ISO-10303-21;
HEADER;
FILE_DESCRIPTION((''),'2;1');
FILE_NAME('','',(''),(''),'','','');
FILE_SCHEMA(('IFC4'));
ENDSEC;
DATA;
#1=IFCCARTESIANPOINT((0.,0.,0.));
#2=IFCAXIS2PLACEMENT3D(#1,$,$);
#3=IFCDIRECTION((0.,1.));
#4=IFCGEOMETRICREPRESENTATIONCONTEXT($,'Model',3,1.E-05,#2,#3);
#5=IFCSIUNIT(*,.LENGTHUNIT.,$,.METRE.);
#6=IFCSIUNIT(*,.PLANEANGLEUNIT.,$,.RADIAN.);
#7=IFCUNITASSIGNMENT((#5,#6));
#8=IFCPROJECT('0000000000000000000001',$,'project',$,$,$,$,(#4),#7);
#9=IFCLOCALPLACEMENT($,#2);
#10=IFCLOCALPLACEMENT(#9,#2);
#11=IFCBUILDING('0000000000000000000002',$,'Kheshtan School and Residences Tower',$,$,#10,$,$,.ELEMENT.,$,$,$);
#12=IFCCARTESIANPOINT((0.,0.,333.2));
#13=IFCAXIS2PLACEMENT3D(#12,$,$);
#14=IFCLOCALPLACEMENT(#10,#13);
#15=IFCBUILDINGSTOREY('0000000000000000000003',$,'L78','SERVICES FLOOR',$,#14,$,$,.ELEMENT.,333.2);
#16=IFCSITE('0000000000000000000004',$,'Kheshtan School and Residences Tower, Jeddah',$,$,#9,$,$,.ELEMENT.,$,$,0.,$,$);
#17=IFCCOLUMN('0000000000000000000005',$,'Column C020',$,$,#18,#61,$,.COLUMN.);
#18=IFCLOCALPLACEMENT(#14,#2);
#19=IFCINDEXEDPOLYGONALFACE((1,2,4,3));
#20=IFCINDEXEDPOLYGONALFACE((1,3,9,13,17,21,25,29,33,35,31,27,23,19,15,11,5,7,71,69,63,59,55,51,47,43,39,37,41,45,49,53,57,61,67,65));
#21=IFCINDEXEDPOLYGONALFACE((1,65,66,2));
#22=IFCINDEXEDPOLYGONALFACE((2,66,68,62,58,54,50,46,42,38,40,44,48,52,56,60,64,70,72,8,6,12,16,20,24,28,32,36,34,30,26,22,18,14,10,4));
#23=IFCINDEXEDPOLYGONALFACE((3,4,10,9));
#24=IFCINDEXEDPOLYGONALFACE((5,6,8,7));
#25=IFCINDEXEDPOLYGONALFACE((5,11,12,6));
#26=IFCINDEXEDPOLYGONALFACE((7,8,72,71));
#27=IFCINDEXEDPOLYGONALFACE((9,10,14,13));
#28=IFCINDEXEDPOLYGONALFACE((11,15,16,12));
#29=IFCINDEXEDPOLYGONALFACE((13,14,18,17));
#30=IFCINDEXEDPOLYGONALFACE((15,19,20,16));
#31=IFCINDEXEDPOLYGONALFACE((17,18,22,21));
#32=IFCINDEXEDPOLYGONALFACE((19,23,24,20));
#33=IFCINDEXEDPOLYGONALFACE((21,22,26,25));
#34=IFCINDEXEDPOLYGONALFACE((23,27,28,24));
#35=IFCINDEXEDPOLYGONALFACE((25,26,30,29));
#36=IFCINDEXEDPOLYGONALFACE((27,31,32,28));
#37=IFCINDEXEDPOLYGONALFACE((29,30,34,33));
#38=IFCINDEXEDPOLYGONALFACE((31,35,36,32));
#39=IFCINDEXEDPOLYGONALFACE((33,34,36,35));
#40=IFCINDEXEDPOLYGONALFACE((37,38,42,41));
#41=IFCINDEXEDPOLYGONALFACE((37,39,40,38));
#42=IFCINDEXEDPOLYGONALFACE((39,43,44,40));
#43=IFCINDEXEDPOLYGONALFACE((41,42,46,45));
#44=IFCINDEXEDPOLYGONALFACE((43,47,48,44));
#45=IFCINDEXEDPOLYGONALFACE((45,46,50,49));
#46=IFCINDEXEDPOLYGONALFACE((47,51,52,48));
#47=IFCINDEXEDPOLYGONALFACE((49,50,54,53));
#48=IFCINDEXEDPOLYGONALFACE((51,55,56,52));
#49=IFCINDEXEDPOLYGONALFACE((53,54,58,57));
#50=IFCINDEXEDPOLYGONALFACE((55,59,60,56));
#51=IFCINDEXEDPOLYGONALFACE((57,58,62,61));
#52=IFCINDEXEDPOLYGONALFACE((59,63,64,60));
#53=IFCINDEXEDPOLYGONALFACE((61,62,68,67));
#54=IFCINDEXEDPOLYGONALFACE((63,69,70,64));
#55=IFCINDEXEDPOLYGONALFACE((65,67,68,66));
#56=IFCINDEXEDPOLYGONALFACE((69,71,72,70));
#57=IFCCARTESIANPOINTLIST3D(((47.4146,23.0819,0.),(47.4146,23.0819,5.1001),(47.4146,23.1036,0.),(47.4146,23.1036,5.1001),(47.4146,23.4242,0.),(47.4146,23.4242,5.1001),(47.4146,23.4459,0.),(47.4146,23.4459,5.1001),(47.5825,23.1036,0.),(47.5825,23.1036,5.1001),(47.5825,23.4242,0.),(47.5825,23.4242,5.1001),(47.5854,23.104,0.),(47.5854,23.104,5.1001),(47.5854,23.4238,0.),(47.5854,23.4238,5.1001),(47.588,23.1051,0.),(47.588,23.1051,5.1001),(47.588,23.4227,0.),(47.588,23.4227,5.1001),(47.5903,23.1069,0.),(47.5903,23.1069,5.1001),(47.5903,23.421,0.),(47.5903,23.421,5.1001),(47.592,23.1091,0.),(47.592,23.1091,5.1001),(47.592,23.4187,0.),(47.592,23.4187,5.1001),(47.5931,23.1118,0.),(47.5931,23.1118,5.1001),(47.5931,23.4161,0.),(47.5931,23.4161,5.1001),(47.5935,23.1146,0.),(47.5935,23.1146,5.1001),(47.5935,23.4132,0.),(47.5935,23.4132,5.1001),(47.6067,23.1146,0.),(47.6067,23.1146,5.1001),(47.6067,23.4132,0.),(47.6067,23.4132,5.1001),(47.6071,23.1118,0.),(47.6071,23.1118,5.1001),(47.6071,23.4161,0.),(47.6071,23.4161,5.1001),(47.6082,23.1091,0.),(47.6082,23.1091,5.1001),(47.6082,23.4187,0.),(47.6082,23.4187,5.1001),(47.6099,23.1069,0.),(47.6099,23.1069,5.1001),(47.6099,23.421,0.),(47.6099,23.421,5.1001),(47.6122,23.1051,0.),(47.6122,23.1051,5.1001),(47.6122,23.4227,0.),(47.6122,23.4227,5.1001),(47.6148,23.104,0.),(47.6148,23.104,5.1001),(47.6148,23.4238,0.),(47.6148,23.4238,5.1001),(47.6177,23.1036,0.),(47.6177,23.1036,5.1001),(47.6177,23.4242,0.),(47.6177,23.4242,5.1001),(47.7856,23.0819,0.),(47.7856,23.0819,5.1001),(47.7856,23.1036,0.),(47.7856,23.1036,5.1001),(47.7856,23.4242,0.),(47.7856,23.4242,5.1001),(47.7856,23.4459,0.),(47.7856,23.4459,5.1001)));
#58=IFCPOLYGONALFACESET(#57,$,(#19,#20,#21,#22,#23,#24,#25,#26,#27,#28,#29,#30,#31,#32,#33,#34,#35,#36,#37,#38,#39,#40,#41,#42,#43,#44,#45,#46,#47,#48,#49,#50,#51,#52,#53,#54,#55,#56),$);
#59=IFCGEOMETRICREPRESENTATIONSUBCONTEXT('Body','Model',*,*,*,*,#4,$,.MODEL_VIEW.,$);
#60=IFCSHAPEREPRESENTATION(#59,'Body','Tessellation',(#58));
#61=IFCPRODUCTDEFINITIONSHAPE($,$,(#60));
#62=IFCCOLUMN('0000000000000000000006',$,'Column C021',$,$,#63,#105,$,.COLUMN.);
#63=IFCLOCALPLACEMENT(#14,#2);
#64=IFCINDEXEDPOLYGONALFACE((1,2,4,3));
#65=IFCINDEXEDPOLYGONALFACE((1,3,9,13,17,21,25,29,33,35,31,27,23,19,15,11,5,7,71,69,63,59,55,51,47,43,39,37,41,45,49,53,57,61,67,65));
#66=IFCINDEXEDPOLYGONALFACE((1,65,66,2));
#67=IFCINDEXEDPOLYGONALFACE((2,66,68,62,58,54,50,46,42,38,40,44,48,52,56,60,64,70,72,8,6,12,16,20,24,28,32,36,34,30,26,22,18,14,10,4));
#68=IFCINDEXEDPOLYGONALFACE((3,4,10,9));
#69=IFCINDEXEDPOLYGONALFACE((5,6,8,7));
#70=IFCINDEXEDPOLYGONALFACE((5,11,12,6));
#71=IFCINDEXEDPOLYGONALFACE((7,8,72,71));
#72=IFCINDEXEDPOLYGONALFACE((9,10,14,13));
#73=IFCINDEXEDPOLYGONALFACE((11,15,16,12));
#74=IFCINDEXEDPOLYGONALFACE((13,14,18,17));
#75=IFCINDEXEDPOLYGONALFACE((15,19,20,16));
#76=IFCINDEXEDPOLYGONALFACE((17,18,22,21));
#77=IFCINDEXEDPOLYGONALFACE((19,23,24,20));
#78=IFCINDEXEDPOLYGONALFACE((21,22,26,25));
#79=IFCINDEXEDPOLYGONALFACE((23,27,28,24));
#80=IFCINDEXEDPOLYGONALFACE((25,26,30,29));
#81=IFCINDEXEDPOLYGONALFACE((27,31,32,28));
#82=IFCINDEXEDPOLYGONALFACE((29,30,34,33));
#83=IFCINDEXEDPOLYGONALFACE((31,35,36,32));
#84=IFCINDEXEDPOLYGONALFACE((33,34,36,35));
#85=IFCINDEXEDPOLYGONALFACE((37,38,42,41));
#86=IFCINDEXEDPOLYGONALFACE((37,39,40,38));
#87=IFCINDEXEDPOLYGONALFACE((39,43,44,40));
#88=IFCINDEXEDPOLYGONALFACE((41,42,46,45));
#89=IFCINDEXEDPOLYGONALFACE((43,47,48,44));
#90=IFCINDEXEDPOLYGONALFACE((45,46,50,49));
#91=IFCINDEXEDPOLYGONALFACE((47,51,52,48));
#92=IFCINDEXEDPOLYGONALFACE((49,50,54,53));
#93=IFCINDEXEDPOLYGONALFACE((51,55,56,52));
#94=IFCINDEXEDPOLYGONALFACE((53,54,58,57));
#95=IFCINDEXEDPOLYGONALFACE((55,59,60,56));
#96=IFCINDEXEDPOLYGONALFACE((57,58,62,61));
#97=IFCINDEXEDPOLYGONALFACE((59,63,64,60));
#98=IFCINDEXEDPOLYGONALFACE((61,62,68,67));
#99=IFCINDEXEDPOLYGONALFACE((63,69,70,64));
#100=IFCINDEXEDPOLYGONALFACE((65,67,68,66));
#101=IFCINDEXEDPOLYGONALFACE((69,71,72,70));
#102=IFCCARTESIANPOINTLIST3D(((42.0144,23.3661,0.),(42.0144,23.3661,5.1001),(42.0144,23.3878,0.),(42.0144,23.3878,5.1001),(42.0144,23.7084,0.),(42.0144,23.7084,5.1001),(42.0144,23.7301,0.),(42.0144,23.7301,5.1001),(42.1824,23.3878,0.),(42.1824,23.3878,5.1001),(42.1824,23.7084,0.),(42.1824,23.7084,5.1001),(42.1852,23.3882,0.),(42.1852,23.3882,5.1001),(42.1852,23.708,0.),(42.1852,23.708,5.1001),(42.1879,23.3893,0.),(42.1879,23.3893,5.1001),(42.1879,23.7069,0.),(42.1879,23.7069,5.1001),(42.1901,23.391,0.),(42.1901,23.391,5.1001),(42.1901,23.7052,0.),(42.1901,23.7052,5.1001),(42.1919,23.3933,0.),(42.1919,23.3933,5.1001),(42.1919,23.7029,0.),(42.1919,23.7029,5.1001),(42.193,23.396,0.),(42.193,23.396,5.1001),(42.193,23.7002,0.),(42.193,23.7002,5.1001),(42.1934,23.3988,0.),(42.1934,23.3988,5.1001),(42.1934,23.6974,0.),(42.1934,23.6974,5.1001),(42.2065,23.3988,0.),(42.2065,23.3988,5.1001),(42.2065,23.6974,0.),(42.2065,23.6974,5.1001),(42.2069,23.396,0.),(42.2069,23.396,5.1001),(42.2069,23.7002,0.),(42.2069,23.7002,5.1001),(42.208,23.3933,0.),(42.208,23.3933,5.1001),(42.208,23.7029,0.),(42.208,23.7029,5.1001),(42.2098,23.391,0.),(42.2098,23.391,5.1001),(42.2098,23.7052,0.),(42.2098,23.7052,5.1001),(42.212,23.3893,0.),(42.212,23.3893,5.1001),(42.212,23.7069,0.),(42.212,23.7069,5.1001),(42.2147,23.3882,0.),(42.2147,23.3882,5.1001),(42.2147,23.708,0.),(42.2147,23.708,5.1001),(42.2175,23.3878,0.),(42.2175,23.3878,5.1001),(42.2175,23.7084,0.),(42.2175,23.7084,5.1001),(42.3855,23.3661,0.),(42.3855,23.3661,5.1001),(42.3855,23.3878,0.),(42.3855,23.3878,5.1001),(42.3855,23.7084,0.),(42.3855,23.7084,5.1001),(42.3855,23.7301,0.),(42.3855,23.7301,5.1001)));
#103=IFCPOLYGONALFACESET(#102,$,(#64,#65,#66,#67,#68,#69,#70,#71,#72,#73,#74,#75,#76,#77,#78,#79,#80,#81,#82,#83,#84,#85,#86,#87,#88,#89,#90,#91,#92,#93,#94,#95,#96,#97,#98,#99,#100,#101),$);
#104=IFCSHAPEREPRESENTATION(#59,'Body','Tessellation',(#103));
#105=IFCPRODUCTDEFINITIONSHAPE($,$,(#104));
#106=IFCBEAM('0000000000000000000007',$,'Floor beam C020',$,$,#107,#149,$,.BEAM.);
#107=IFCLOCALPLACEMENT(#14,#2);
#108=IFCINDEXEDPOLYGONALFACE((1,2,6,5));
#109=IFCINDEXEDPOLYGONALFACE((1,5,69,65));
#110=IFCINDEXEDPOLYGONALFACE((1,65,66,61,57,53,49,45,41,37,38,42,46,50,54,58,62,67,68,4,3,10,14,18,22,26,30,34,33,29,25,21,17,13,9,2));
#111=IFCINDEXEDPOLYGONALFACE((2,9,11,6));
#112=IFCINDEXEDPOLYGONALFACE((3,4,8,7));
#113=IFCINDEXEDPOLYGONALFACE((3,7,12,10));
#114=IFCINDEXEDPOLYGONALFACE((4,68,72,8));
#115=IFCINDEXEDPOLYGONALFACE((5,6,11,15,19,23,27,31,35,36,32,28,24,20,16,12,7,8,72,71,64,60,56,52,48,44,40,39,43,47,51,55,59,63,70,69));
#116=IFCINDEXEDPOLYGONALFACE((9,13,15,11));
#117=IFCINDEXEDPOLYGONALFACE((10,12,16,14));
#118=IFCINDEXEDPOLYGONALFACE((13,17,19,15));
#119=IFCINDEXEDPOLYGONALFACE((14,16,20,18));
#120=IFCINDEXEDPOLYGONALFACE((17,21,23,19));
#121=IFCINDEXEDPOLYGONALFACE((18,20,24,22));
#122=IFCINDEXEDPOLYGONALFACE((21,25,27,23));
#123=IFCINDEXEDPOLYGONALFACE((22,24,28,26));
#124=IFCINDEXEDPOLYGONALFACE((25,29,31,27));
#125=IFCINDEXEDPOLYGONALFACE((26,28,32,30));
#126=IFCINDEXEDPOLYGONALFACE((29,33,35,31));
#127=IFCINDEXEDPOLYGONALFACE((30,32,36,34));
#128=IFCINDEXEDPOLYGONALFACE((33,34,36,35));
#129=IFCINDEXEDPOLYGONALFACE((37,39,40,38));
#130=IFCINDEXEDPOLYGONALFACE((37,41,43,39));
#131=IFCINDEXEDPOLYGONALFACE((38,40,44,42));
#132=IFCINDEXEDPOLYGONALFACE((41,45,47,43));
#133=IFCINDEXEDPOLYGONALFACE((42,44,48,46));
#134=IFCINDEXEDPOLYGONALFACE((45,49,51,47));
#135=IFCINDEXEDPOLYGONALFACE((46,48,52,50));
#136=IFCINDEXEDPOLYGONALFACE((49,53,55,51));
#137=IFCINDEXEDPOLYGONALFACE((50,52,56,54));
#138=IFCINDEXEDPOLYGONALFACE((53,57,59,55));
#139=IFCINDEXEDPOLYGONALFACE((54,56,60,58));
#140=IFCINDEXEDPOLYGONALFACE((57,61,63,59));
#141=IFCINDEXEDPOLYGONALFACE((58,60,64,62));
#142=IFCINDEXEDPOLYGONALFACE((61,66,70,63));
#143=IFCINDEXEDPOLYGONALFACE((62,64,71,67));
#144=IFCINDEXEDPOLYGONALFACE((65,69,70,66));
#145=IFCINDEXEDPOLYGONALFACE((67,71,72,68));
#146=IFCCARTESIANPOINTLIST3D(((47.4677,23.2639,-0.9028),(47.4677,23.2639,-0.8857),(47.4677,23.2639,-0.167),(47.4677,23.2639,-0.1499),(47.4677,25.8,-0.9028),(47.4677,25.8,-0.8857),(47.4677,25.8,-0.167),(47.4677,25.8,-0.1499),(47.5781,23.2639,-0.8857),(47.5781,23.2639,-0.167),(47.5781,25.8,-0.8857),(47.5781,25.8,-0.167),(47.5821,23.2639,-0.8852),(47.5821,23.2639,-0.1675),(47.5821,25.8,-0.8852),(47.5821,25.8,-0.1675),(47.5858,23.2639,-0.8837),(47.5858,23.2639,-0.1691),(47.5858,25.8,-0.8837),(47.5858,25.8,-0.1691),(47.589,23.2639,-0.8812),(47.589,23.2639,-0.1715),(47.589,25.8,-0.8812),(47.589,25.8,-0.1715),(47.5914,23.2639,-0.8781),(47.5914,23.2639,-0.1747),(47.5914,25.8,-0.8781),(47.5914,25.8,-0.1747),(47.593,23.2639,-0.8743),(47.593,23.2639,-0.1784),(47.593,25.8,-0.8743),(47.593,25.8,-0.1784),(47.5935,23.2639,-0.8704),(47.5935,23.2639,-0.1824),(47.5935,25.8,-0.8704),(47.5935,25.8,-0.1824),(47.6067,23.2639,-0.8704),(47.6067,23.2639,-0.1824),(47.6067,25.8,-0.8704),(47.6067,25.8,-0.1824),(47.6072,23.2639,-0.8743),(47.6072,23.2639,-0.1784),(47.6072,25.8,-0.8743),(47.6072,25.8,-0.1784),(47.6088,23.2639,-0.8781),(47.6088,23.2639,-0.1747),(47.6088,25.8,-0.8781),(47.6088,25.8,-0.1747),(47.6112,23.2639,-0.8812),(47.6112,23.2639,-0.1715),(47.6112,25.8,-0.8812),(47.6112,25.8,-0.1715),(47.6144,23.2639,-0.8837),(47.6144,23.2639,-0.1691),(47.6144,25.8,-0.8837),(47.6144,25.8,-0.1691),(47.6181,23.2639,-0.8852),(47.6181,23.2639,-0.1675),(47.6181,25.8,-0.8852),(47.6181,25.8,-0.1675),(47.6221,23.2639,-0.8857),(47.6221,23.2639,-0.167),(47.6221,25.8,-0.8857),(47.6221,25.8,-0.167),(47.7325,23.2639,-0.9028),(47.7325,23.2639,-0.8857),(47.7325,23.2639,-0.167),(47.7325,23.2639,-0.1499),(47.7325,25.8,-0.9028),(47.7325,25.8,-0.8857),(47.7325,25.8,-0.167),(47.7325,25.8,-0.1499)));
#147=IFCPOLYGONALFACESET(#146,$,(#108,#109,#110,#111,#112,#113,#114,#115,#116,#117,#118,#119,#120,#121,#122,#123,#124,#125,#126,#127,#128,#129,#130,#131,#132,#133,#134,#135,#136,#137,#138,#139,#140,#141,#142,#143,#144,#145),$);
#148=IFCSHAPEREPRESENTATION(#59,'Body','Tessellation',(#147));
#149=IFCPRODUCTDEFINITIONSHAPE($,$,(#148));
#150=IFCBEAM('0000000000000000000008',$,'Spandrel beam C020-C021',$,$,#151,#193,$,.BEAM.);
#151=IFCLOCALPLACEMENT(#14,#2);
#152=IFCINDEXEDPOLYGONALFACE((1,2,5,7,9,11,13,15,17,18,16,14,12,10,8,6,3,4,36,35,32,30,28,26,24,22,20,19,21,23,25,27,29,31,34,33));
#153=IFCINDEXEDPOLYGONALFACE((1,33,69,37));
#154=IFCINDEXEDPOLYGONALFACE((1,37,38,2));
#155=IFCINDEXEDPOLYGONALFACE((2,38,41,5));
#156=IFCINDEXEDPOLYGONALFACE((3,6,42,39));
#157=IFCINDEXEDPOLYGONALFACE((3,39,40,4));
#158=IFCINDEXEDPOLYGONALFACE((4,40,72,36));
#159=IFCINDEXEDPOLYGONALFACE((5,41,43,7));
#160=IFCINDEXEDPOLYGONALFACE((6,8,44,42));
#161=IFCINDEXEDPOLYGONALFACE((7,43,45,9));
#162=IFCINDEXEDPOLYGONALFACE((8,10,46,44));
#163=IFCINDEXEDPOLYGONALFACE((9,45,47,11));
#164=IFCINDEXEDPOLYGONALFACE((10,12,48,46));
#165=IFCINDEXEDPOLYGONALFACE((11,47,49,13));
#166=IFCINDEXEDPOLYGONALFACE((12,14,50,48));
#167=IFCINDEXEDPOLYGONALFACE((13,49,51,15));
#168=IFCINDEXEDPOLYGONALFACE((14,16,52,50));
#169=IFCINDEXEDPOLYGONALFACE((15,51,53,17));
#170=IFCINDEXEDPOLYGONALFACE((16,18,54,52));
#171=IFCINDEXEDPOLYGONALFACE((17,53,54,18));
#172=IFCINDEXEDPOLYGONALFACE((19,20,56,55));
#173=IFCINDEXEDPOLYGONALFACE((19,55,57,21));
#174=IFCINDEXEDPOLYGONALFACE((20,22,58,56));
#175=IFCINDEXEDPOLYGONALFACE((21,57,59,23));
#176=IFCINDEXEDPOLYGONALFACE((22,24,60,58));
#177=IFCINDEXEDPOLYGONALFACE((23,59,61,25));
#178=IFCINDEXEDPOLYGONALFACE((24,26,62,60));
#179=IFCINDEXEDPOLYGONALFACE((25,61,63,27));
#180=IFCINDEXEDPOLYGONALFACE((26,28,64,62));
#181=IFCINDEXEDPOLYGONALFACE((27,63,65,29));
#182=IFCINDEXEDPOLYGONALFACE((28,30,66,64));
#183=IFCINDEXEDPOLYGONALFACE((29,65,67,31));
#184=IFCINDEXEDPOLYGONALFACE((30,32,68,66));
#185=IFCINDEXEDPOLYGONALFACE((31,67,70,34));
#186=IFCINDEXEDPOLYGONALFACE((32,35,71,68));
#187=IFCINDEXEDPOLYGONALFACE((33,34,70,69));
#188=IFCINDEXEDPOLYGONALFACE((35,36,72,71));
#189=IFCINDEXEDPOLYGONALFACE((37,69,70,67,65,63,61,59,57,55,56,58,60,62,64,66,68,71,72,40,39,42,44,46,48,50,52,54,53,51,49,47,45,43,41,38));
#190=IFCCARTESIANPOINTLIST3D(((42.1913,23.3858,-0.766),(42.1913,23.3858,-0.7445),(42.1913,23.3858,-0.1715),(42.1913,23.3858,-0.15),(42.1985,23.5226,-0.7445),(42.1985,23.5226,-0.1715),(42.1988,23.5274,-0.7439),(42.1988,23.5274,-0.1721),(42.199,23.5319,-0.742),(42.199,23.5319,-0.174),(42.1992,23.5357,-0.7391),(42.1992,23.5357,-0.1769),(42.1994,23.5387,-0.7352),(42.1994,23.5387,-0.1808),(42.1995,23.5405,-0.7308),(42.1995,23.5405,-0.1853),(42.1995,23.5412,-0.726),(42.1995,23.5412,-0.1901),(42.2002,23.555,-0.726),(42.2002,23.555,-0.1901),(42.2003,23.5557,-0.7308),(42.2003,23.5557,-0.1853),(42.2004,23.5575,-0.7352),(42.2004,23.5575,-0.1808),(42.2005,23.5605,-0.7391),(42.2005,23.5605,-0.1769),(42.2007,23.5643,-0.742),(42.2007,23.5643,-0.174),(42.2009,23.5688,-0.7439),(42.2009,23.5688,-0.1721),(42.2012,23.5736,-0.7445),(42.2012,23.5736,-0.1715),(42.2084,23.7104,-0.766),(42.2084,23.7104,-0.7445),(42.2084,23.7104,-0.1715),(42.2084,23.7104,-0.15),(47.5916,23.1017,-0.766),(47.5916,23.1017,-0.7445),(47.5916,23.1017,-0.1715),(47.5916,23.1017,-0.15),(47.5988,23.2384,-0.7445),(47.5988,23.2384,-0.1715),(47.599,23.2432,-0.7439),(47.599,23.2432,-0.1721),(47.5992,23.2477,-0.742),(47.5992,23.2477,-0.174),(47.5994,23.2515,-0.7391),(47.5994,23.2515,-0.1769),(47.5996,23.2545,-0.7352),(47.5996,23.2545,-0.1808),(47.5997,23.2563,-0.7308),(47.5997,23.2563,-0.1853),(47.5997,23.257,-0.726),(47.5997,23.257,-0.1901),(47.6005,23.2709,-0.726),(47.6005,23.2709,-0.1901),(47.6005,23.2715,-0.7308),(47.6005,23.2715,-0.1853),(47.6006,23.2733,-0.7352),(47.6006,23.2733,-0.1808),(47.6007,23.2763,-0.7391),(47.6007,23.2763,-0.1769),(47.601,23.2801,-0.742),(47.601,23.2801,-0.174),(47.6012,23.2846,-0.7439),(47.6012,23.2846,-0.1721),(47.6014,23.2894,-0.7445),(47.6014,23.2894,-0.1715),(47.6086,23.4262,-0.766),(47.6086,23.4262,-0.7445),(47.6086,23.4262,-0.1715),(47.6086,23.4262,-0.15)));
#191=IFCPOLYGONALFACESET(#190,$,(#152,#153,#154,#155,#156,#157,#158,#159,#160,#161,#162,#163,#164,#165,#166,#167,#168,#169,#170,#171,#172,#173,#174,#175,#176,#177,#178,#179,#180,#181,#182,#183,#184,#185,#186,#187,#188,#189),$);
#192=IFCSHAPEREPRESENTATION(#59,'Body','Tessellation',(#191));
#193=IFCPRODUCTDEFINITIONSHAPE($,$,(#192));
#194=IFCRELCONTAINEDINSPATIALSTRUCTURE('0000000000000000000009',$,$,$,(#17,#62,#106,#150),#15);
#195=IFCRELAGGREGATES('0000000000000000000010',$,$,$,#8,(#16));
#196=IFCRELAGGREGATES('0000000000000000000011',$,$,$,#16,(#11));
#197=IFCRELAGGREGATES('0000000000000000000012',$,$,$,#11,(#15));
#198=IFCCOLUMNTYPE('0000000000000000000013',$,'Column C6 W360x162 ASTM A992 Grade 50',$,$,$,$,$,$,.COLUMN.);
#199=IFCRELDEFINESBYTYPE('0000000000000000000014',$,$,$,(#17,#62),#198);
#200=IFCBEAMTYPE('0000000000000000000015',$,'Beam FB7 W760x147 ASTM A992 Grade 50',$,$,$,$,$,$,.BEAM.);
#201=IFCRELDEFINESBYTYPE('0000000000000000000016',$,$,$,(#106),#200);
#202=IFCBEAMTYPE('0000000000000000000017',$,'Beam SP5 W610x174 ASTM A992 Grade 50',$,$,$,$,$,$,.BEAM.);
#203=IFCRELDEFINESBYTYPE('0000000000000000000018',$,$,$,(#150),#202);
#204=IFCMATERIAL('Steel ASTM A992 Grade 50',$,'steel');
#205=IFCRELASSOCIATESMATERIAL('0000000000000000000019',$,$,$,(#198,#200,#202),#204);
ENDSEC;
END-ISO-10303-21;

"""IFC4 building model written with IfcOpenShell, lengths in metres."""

from ifc_helpers import new_model, si_unit, direction, frame, origin, origin_2d, place, context, subcontext, project, spatial, i_section, extrude, material, material_profile, profile_set, type_object, element, save


model = new_model("IFC4")

# Units and contexts
model_context = context("Model", 3, precision=1e-05, world=origin(), true_north=direction((0.0, 1.0)))
body_context = subcontext(model_context, "Body", "Model", "MODEL_VIEW")
ifc_project = project(units=[si_unit("LENGTHUNIT", "METRE"), si_unit("PLANEANGLEUNIT", "RADIAN")], contexts=[model_context])

# Site, building, storey
site_placement = place(None, origin())
site = spatial("IfcSite", under=ifc_project, at=site_placement, Name="Kheshtan School and Residences Tower, Jeddah", CompositionType="ELEMENT", RefElevation=0.0)
building_placement = place(site_placement, origin())
building = spatial("IfcBuilding", under=site, at=building_placement, Name="Kheshtan School and Residences Tower", CompositionType="ELEMENT")
storey_placement = place(building_placement, frame((0.0, 0.0, 333.2)))
storey = spatial("IfcBuildingStorey", under=building, at=storey_placement, Name="L78", Description="SERVICES FLOOR", CompositionType="ELEMENT", Elevation=333.2)

# Columns
ifc_material_1 = material(Name="Steel ASTM A992 Grade 50", Category="steel")
ifc_material_profile_1 = material_profile(ifc_material_1, i_section(OverallWidth=0.3711, OverallDepth=0.364, WebThickness=0.0132, FlangeThickness=0.0217, FilletRadius=0.011, at=origin_2d()), Name="W360x162")
ifc_profile_set_1 = profile_set([ifc_material_profile_1], Name="Steel ASTM A992 Grade 50")
column_type = type_object("IfcColumnType", Name="Column C6 W360x162 ASTM A992 Grade 50", PredefinedType="COLUMN", material=ifc_profile_set_1)
for number, where, z_axis, x_axis, name in (
    (1, (47.6001, 23.2639, 0.0), (0.0, 0.0, 1.0), (1.0, 0.0, 0.0), "Column C020"),
    (2, (42.2, 23.5481, 0.0), (0.0, 0.0, 1.0), (1.0, 0.0, 0.0), "Column C021"),
):
    element("IfcColumn", number, at=place(storey_placement, frame(where, z_axis=z_axis, x_axis=x_axis)), inside=storey, type_object=column_type, Name=name, PredefinedType="COLUMN", context=body_context, shape_type="SweptSolid", body=[
        extrude(i_section(OverallWidth=0.3711, OverallDepth=0.364, WebThickness=0.0132, FlangeThickness=0.0217, FilletRadius=0.011, at=origin_2d()), origin(), (0.0, 0.0, 1.0), 5.1001),
    ])

# Beams
ifc_material_profile_2 = material_profile(ifc_material_1, i_section(OverallWidth=0.2649, OverallDepth=0.7529, WebThickness=0.0132, FlangeThickness=0.0171, FilletRadius=0.0154, at=origin_2d()), Name="W760x147")
ifc_profile_set_2 = profile_set([ifc_material_profile_2], Name="Steel ASTM A992 Grade 50")
beam_type_1 = type_object("IfcBeamType", Name="Beam FB7 W760x147 ASTM A992 Grade 50", PredefinedType="BEAM", material=ifc_profile_set_2)
beam_1_placement = place(storey_placement, frame((47.6001, 23.2639, -0.5264), z_axis=(0.0, 1.0, 0.0), x_axis=(-1.0, 0.0, 0.0)))
element("IfcBeam", 3, at=beam_1_placement, inside=storey, type_object=beam_type_1, Name="Floor beam C020", PredefinedType="BEAM", context=body_context, shape_type="SweptSolid", body=[
    extrude(i_section(OverallWidth=0.2649, OverallDepth=0.7529, WebThickness=0.0132, FlangeThickness=0.0171, FilletRadius=0.0154, at=origin_2d()), origin(), (0.0, 0.0, 1.0), 2.5361),
])
ifc_material_profile_3 = material_profile(ifc_material_1, i_section(OverallWidth=0.325, OverallDepth=0.616, WebThickness=0.0139, FlangeThickness=0.0215, FilletRadius=0.0186, at=origin_2d()), Name="W610x174")
ifc_profile_set_3 = profile_set([ifc_material_profile_3], Name="Steel ASTM A992 Grade 50")
beam_type_2 = type_object("IfcBeamType", Name="Beam SP5 W610x174 ASTM A992 Grade 50", PredefinedType="BEAM", material=ifc_profile_set_3)
beam_2_placement = place(storey_placement, frame((47.6001, 23.2639, -0.458), z_axis=(-0.998618, 0.052552, 0.0), x_axis=(-0.052552, -0.998618, 0.0)))
element("IfcBeam", 4, at=beam_2_placement, inside=storey, type_object=beam_type_2, Name="Spandrel beam C020-C021", PredefinedType="BEAM", context=body_context, shape_type="SweptSolid", body=[
    extrude(i_section(OverallWidth=0.325, OverallDepth=0.616, WebThickness=0.0139, FlangeThickness=0.0215, FilletRadius=0.0186, at=origin_2d()), origin(), (0.0, 0.0, 1.0), 5.4077),
])

save(model, "model.ifc")
